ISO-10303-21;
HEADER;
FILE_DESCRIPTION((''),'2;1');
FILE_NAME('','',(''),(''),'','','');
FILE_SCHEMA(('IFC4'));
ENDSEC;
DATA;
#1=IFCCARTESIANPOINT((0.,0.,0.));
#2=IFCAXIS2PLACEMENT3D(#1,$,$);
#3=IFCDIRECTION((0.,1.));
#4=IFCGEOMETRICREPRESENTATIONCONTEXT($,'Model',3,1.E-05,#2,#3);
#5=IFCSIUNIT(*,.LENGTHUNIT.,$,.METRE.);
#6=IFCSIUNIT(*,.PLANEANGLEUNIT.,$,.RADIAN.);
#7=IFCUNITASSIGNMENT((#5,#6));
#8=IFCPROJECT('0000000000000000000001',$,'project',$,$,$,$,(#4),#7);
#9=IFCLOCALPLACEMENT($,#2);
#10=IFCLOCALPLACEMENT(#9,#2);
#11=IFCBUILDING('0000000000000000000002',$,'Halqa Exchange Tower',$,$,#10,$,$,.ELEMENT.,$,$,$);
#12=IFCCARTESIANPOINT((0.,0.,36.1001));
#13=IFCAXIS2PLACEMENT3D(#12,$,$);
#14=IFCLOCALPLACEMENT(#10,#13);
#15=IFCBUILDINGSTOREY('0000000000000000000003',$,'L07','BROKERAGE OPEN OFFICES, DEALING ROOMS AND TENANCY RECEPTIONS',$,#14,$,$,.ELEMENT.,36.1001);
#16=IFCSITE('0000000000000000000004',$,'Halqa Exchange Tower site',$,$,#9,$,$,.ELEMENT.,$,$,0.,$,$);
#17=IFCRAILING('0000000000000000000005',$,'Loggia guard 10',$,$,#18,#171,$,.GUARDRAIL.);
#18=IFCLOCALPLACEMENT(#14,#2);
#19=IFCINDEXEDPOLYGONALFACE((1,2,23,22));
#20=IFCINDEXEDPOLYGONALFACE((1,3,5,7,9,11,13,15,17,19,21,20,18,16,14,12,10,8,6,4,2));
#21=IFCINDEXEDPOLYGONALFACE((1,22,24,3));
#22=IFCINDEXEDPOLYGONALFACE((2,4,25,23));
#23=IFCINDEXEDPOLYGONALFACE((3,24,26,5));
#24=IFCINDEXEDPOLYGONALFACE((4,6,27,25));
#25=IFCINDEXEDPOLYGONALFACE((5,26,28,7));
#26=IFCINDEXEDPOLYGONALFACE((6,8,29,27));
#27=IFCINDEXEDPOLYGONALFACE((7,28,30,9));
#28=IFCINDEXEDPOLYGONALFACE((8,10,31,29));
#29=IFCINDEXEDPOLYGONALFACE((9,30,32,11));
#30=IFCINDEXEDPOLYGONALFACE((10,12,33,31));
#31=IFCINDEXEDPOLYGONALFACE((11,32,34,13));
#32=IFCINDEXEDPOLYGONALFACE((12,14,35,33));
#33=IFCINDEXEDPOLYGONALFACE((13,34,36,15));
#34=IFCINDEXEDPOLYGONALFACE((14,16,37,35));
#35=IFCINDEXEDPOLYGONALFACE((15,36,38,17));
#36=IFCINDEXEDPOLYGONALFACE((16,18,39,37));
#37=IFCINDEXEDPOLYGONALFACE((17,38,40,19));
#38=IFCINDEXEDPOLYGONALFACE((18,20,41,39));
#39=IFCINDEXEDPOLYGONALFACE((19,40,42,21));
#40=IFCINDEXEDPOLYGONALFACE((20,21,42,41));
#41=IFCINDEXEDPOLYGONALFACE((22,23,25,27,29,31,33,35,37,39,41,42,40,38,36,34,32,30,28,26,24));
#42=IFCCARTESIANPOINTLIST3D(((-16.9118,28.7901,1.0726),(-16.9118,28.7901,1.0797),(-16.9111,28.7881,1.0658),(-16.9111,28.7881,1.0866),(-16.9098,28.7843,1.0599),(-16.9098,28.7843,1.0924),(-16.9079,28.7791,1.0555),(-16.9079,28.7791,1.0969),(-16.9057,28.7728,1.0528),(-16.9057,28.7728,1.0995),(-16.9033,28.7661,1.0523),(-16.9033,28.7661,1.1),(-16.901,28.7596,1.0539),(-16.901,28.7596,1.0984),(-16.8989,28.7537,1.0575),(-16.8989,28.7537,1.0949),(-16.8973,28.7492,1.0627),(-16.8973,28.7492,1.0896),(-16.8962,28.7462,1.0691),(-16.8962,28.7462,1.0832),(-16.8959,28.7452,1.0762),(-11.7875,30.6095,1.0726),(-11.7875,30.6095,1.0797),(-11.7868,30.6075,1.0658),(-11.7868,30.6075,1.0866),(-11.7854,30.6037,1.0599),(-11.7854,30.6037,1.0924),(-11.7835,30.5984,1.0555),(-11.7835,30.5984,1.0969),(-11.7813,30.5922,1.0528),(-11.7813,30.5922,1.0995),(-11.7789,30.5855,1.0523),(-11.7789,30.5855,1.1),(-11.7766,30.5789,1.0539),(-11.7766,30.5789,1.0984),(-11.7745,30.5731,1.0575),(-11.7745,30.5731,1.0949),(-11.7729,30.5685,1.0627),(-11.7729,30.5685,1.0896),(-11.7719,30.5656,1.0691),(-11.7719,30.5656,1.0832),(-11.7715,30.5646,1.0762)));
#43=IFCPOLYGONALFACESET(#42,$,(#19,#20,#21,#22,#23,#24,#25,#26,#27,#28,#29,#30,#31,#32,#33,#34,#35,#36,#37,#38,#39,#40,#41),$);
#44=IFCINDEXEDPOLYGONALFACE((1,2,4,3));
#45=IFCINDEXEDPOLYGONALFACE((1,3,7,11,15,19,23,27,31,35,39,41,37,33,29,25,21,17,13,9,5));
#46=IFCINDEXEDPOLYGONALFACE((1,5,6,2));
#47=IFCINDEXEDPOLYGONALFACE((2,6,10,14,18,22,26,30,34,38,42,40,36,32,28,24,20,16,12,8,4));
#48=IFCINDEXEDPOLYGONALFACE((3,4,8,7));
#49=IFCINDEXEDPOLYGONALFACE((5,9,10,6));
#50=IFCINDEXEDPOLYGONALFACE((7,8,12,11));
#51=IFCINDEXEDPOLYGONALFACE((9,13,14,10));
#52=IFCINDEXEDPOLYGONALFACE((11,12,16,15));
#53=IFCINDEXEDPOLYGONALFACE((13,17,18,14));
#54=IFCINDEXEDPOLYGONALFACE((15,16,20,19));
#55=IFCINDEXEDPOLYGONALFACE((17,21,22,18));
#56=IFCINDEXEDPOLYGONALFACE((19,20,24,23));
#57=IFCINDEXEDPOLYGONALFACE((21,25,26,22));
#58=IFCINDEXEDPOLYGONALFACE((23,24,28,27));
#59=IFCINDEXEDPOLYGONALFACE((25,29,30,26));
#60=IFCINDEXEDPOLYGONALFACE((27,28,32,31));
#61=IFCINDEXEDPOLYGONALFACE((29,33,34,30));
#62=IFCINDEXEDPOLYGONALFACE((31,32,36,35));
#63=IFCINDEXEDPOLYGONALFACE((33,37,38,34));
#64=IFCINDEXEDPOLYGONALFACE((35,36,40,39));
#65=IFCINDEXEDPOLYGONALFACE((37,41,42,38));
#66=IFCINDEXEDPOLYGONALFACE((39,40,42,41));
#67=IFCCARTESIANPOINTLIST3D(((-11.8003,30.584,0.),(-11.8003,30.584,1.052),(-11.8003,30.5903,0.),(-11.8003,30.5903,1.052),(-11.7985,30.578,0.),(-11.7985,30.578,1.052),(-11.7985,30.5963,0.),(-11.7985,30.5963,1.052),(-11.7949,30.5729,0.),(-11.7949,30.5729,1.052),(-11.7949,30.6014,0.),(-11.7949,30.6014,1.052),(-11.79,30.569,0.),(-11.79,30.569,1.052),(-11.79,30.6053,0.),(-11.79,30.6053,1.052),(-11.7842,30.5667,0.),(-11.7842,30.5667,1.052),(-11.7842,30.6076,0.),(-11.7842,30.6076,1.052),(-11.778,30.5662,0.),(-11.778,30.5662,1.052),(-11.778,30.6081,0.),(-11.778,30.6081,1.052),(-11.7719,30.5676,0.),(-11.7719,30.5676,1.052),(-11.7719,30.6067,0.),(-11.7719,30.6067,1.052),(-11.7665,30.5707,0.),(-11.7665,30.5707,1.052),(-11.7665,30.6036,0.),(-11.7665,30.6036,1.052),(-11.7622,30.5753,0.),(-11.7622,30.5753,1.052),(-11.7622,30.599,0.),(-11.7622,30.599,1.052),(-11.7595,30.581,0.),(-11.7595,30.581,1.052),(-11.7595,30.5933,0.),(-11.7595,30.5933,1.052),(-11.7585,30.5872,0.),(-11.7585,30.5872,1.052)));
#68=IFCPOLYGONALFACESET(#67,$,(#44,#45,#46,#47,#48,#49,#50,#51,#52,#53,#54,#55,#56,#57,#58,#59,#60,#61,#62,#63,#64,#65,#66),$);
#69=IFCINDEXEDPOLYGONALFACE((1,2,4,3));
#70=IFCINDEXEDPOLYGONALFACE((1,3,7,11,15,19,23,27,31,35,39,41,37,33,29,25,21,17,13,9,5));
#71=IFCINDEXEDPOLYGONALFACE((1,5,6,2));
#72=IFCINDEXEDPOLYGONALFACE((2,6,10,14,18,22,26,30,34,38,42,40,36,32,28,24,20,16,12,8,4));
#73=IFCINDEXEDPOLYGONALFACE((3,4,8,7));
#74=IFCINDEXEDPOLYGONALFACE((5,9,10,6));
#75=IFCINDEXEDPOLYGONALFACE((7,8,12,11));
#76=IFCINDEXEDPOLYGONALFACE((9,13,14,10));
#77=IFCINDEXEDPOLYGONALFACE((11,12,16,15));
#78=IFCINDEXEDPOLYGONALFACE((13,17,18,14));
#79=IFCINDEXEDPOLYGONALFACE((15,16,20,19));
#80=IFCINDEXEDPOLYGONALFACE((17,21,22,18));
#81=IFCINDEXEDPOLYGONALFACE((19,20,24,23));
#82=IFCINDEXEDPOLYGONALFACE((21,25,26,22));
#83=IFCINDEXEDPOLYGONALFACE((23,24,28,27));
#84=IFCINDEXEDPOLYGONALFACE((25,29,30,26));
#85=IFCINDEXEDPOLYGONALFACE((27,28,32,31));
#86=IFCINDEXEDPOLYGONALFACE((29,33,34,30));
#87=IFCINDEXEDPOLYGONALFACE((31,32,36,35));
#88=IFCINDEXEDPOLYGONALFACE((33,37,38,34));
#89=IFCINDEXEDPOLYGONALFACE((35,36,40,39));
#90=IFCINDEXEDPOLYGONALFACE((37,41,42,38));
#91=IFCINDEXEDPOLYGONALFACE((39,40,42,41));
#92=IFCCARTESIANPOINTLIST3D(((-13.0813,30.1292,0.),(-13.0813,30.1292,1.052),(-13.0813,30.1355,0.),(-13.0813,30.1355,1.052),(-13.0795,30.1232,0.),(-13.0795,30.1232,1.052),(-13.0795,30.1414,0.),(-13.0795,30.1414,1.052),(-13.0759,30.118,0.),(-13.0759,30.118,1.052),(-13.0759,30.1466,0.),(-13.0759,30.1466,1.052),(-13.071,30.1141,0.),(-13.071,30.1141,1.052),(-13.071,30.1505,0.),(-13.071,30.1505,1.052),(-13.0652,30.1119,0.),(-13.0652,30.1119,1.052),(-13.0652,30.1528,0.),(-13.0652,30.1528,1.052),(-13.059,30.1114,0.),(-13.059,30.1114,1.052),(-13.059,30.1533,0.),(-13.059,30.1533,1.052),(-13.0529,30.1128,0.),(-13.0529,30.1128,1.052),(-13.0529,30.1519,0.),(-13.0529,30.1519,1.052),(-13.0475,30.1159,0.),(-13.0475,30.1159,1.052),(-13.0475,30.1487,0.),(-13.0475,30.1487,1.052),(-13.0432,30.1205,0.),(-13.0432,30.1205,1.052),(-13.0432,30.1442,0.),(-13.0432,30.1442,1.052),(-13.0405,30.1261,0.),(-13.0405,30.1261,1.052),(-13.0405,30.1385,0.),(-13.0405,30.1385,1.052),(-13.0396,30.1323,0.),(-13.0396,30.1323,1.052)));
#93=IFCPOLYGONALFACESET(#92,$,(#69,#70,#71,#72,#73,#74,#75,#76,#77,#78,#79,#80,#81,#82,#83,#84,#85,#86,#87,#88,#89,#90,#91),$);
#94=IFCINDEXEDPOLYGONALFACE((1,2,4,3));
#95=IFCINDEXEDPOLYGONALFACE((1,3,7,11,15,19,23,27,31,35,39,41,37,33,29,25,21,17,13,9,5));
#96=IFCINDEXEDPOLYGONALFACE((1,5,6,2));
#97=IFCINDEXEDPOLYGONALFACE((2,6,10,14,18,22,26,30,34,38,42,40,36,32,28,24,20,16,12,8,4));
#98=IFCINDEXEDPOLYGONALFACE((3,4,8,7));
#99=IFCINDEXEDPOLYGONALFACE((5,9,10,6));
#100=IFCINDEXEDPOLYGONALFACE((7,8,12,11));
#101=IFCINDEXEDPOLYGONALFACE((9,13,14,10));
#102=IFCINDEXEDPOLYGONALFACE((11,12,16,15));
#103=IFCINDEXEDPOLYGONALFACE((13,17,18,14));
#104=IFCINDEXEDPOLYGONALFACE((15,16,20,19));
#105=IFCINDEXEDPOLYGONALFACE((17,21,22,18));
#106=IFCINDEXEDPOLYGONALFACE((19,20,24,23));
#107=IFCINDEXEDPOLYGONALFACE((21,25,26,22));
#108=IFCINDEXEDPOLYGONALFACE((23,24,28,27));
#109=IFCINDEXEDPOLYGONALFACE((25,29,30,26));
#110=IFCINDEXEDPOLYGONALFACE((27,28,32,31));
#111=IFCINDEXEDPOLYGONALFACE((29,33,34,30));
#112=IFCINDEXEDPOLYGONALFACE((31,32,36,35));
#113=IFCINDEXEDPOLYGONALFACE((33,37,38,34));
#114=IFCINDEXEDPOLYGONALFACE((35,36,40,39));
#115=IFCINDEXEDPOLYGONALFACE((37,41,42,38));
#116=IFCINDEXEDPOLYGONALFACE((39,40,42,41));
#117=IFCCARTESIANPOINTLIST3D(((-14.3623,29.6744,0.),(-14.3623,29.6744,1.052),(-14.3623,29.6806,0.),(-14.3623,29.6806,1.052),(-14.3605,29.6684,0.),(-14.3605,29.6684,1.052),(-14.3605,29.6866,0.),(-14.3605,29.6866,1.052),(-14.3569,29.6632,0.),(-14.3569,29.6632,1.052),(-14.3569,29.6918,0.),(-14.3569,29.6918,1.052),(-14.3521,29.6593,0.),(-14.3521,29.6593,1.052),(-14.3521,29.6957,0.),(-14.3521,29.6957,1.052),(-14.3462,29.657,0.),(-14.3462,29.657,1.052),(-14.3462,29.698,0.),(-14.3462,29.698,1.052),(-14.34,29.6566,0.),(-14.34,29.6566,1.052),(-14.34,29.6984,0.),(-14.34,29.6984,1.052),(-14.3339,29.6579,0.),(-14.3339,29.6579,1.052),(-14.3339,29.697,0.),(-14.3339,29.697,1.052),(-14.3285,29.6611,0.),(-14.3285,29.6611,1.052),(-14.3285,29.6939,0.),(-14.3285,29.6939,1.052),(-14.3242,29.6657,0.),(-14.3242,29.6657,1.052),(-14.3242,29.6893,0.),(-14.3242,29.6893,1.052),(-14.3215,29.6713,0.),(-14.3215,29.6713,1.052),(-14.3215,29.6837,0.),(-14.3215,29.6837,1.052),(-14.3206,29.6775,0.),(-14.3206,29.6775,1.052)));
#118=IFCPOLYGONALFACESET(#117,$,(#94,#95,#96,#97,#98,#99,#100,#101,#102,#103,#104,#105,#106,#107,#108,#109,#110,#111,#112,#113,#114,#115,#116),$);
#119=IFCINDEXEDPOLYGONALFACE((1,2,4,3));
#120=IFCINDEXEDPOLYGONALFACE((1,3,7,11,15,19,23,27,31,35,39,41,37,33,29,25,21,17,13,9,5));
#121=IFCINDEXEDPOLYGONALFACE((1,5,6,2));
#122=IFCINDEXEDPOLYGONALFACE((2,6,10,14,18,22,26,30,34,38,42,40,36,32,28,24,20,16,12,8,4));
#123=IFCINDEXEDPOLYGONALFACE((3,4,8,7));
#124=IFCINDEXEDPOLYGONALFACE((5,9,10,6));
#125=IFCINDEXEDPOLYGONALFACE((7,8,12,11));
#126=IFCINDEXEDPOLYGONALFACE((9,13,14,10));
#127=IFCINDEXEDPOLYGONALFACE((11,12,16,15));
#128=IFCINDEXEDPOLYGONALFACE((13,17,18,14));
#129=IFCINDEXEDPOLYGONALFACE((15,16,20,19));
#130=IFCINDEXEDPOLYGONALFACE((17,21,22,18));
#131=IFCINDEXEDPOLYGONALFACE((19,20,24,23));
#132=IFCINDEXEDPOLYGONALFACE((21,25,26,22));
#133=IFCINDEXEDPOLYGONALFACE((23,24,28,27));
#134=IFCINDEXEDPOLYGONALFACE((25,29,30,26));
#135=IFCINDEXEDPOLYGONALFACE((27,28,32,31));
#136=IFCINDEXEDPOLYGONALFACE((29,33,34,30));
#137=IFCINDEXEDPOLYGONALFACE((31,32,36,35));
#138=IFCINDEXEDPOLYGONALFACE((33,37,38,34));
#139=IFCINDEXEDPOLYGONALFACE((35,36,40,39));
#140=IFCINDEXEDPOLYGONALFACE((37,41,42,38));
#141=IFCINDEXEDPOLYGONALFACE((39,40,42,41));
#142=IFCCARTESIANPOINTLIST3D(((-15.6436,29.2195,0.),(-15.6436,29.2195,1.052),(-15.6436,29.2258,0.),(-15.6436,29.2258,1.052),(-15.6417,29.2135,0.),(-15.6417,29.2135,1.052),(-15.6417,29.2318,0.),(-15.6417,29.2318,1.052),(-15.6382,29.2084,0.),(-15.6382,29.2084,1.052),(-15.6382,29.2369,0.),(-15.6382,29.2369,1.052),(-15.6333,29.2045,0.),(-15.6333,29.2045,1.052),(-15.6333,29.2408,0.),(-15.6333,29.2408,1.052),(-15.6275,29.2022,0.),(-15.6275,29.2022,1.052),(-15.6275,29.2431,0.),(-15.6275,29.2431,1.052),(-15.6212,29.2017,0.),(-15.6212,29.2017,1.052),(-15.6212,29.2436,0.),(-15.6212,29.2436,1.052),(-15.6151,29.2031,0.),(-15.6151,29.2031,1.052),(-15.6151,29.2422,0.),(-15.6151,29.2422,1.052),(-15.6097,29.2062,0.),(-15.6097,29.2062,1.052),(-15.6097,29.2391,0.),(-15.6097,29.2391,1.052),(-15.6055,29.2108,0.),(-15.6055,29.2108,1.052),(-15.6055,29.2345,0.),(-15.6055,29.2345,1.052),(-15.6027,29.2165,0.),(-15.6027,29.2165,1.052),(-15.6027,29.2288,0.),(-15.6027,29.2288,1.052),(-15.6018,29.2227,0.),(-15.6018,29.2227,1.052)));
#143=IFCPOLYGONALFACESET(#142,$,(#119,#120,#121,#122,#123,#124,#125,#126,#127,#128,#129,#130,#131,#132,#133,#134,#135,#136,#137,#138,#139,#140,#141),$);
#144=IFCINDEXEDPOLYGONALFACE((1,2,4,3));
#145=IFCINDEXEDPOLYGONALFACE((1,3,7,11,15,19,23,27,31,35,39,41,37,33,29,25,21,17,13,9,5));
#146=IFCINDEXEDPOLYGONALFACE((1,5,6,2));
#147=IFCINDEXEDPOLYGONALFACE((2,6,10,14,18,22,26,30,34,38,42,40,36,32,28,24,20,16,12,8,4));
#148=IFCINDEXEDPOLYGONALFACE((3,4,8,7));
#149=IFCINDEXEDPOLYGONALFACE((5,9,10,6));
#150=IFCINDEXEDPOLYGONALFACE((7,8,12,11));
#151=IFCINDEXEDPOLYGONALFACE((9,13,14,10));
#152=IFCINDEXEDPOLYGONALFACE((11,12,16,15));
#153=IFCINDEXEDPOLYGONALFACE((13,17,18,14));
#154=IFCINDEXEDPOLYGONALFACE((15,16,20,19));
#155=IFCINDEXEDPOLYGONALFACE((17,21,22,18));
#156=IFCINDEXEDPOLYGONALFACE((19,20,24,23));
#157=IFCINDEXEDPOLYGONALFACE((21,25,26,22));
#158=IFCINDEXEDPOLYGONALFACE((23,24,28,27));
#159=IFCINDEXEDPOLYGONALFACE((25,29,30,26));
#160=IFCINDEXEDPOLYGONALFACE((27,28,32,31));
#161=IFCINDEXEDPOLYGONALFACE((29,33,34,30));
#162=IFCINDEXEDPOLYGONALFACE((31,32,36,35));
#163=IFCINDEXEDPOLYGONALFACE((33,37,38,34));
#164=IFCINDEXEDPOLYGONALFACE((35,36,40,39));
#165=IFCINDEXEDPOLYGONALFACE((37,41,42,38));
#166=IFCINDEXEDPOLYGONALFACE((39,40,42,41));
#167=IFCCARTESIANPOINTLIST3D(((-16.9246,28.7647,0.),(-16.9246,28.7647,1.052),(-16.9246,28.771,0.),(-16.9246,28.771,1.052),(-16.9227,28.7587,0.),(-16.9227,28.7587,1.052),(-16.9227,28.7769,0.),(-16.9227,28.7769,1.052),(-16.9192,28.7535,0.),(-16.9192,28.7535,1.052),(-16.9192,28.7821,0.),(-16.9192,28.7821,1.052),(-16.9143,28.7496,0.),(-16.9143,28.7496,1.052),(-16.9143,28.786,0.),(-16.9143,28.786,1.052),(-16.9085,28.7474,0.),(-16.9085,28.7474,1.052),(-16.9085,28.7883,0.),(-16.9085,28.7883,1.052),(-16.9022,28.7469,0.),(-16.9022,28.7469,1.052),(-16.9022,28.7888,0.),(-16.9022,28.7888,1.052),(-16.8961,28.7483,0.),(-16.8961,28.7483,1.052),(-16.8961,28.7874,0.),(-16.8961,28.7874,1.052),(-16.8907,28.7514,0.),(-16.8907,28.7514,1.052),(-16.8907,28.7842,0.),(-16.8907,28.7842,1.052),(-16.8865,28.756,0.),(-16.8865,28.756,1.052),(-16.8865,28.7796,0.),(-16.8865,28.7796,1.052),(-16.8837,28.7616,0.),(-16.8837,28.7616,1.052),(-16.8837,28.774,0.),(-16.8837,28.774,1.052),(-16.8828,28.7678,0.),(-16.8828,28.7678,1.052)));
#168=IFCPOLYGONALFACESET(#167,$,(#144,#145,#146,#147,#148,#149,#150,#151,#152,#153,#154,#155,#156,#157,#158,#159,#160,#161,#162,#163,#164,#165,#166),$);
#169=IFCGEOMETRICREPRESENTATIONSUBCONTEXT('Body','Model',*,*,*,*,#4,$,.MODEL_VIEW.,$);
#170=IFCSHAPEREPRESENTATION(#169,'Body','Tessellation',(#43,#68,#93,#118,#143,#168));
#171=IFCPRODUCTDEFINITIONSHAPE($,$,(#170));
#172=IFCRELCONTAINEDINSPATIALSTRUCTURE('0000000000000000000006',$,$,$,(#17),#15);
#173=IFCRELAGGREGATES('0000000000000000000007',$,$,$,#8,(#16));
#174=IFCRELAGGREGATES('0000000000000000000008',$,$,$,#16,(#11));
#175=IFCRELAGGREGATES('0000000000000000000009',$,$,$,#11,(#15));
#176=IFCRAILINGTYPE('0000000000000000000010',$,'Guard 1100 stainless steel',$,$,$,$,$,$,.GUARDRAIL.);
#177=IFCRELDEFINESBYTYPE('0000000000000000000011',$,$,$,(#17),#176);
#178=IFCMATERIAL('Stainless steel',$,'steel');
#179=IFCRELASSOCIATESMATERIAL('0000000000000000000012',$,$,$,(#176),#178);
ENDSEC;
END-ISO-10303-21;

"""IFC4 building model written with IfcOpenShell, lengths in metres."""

from ifc_helpers import new_model, si_unit, direction, frame, origin, origin_2d, place, context, subcontext, project, spatial, circle, extrude, material, type_object, element, save


model = new_model("IFC4")

# Units and contexts
model_context = context("Model", 3, precision=1e-05, world=origin(), true_north=direction((0.0, 1.0)))
body_context = subcontext(model_context, "Body", "Model", "MODEL_VIEW")
ifc_project = project(units=[si_unit("LENGTHUNIT", "METRE"), si_unit("PLANEANGLEUNIT", "RADIAN")], contexts=[model_context])

# Site, building, storey
site_placement = place(None, origin())
site = spatial("IfcSite", under=ifc_project, at=site_placement, Name="Halqa Exchange Tower site", CompositionType="ELEMENT", RefElevation=0.0)
building_placement = place(site_placement, origin())
building = spatial("IfcBuilding", under=site, at=building_placement, Name="Halqa Exchange Tower", CompositionType="ELEMENT")
storey_placement = place(building_placement, frame((0.0, 0.0, 36.1001)))
storey = spatial("IfcBuildingStorey", under=building, at=storey_placement, Name="L07", Description="BROKERAGE OPEN OFFICES, DEALING ROOMS AND TENANCY RECEPTIONS", CompositionType="ELEMENT", Elevation=36.1001)

# Railing
ifc_material_1 = material(Name="Stainless steel", Category="steel")
railing_type_1 = type_object("IfcRailingType", Name="Guard 1100 stainless steel", PredefinedType="GUARDRAIL", material=ifc_material_1)
railing_1_placement = place(storey_placement, frame((-11.7795, 30.5872, 0.0)))
element("IfcRailing", 1, at=railing_1_placement, inside=storey, type_object=railing_type_1, Name="Loggia guard 10", PredefinedType="GUARDRAIL", context=body_context, shape_type="SweptSolid", body=[
    extrude(circle(Radius=0.0239, at=origin_2d()), frame((0.0, 0.0, 1.0762), z_axis=(-0.942367, -0.334581, 0.0), x_axis=(0.334581, -0.942367, 0.0)), (0.0, 0.0, 1.0), 5.4377),
    extrude(circle(Radius=0.021, at=origin_2d()), origin(), (0.0, 0.0, 1.0), 1.052),
    extrude(circle(Radius=0.021, at=origin_2d()), frame((-1.281, -0.4548, 0.0)), (0.0, 0.0, 1.0), 1.052),
    extrude(circle(Radius=0.021, at=origin_2d()), frame((-2.562, -0.9097, 0.0)), (0.0, 0.0, 1.0), 1.052),
    extrude(circle(Radius=0.021, at=origin_2d()), frame((-3.8433, -1.3645, 0.0)), (0.0, 0.0, 1.0), 1.052),
    extrude(circle(Radius=0.021, at=origin_2d()), frame((-5.1243, -1.8193, 0.0)), (0.0, 0.0, 1.0), 1.052),
])

save(model, "model.ifc")
